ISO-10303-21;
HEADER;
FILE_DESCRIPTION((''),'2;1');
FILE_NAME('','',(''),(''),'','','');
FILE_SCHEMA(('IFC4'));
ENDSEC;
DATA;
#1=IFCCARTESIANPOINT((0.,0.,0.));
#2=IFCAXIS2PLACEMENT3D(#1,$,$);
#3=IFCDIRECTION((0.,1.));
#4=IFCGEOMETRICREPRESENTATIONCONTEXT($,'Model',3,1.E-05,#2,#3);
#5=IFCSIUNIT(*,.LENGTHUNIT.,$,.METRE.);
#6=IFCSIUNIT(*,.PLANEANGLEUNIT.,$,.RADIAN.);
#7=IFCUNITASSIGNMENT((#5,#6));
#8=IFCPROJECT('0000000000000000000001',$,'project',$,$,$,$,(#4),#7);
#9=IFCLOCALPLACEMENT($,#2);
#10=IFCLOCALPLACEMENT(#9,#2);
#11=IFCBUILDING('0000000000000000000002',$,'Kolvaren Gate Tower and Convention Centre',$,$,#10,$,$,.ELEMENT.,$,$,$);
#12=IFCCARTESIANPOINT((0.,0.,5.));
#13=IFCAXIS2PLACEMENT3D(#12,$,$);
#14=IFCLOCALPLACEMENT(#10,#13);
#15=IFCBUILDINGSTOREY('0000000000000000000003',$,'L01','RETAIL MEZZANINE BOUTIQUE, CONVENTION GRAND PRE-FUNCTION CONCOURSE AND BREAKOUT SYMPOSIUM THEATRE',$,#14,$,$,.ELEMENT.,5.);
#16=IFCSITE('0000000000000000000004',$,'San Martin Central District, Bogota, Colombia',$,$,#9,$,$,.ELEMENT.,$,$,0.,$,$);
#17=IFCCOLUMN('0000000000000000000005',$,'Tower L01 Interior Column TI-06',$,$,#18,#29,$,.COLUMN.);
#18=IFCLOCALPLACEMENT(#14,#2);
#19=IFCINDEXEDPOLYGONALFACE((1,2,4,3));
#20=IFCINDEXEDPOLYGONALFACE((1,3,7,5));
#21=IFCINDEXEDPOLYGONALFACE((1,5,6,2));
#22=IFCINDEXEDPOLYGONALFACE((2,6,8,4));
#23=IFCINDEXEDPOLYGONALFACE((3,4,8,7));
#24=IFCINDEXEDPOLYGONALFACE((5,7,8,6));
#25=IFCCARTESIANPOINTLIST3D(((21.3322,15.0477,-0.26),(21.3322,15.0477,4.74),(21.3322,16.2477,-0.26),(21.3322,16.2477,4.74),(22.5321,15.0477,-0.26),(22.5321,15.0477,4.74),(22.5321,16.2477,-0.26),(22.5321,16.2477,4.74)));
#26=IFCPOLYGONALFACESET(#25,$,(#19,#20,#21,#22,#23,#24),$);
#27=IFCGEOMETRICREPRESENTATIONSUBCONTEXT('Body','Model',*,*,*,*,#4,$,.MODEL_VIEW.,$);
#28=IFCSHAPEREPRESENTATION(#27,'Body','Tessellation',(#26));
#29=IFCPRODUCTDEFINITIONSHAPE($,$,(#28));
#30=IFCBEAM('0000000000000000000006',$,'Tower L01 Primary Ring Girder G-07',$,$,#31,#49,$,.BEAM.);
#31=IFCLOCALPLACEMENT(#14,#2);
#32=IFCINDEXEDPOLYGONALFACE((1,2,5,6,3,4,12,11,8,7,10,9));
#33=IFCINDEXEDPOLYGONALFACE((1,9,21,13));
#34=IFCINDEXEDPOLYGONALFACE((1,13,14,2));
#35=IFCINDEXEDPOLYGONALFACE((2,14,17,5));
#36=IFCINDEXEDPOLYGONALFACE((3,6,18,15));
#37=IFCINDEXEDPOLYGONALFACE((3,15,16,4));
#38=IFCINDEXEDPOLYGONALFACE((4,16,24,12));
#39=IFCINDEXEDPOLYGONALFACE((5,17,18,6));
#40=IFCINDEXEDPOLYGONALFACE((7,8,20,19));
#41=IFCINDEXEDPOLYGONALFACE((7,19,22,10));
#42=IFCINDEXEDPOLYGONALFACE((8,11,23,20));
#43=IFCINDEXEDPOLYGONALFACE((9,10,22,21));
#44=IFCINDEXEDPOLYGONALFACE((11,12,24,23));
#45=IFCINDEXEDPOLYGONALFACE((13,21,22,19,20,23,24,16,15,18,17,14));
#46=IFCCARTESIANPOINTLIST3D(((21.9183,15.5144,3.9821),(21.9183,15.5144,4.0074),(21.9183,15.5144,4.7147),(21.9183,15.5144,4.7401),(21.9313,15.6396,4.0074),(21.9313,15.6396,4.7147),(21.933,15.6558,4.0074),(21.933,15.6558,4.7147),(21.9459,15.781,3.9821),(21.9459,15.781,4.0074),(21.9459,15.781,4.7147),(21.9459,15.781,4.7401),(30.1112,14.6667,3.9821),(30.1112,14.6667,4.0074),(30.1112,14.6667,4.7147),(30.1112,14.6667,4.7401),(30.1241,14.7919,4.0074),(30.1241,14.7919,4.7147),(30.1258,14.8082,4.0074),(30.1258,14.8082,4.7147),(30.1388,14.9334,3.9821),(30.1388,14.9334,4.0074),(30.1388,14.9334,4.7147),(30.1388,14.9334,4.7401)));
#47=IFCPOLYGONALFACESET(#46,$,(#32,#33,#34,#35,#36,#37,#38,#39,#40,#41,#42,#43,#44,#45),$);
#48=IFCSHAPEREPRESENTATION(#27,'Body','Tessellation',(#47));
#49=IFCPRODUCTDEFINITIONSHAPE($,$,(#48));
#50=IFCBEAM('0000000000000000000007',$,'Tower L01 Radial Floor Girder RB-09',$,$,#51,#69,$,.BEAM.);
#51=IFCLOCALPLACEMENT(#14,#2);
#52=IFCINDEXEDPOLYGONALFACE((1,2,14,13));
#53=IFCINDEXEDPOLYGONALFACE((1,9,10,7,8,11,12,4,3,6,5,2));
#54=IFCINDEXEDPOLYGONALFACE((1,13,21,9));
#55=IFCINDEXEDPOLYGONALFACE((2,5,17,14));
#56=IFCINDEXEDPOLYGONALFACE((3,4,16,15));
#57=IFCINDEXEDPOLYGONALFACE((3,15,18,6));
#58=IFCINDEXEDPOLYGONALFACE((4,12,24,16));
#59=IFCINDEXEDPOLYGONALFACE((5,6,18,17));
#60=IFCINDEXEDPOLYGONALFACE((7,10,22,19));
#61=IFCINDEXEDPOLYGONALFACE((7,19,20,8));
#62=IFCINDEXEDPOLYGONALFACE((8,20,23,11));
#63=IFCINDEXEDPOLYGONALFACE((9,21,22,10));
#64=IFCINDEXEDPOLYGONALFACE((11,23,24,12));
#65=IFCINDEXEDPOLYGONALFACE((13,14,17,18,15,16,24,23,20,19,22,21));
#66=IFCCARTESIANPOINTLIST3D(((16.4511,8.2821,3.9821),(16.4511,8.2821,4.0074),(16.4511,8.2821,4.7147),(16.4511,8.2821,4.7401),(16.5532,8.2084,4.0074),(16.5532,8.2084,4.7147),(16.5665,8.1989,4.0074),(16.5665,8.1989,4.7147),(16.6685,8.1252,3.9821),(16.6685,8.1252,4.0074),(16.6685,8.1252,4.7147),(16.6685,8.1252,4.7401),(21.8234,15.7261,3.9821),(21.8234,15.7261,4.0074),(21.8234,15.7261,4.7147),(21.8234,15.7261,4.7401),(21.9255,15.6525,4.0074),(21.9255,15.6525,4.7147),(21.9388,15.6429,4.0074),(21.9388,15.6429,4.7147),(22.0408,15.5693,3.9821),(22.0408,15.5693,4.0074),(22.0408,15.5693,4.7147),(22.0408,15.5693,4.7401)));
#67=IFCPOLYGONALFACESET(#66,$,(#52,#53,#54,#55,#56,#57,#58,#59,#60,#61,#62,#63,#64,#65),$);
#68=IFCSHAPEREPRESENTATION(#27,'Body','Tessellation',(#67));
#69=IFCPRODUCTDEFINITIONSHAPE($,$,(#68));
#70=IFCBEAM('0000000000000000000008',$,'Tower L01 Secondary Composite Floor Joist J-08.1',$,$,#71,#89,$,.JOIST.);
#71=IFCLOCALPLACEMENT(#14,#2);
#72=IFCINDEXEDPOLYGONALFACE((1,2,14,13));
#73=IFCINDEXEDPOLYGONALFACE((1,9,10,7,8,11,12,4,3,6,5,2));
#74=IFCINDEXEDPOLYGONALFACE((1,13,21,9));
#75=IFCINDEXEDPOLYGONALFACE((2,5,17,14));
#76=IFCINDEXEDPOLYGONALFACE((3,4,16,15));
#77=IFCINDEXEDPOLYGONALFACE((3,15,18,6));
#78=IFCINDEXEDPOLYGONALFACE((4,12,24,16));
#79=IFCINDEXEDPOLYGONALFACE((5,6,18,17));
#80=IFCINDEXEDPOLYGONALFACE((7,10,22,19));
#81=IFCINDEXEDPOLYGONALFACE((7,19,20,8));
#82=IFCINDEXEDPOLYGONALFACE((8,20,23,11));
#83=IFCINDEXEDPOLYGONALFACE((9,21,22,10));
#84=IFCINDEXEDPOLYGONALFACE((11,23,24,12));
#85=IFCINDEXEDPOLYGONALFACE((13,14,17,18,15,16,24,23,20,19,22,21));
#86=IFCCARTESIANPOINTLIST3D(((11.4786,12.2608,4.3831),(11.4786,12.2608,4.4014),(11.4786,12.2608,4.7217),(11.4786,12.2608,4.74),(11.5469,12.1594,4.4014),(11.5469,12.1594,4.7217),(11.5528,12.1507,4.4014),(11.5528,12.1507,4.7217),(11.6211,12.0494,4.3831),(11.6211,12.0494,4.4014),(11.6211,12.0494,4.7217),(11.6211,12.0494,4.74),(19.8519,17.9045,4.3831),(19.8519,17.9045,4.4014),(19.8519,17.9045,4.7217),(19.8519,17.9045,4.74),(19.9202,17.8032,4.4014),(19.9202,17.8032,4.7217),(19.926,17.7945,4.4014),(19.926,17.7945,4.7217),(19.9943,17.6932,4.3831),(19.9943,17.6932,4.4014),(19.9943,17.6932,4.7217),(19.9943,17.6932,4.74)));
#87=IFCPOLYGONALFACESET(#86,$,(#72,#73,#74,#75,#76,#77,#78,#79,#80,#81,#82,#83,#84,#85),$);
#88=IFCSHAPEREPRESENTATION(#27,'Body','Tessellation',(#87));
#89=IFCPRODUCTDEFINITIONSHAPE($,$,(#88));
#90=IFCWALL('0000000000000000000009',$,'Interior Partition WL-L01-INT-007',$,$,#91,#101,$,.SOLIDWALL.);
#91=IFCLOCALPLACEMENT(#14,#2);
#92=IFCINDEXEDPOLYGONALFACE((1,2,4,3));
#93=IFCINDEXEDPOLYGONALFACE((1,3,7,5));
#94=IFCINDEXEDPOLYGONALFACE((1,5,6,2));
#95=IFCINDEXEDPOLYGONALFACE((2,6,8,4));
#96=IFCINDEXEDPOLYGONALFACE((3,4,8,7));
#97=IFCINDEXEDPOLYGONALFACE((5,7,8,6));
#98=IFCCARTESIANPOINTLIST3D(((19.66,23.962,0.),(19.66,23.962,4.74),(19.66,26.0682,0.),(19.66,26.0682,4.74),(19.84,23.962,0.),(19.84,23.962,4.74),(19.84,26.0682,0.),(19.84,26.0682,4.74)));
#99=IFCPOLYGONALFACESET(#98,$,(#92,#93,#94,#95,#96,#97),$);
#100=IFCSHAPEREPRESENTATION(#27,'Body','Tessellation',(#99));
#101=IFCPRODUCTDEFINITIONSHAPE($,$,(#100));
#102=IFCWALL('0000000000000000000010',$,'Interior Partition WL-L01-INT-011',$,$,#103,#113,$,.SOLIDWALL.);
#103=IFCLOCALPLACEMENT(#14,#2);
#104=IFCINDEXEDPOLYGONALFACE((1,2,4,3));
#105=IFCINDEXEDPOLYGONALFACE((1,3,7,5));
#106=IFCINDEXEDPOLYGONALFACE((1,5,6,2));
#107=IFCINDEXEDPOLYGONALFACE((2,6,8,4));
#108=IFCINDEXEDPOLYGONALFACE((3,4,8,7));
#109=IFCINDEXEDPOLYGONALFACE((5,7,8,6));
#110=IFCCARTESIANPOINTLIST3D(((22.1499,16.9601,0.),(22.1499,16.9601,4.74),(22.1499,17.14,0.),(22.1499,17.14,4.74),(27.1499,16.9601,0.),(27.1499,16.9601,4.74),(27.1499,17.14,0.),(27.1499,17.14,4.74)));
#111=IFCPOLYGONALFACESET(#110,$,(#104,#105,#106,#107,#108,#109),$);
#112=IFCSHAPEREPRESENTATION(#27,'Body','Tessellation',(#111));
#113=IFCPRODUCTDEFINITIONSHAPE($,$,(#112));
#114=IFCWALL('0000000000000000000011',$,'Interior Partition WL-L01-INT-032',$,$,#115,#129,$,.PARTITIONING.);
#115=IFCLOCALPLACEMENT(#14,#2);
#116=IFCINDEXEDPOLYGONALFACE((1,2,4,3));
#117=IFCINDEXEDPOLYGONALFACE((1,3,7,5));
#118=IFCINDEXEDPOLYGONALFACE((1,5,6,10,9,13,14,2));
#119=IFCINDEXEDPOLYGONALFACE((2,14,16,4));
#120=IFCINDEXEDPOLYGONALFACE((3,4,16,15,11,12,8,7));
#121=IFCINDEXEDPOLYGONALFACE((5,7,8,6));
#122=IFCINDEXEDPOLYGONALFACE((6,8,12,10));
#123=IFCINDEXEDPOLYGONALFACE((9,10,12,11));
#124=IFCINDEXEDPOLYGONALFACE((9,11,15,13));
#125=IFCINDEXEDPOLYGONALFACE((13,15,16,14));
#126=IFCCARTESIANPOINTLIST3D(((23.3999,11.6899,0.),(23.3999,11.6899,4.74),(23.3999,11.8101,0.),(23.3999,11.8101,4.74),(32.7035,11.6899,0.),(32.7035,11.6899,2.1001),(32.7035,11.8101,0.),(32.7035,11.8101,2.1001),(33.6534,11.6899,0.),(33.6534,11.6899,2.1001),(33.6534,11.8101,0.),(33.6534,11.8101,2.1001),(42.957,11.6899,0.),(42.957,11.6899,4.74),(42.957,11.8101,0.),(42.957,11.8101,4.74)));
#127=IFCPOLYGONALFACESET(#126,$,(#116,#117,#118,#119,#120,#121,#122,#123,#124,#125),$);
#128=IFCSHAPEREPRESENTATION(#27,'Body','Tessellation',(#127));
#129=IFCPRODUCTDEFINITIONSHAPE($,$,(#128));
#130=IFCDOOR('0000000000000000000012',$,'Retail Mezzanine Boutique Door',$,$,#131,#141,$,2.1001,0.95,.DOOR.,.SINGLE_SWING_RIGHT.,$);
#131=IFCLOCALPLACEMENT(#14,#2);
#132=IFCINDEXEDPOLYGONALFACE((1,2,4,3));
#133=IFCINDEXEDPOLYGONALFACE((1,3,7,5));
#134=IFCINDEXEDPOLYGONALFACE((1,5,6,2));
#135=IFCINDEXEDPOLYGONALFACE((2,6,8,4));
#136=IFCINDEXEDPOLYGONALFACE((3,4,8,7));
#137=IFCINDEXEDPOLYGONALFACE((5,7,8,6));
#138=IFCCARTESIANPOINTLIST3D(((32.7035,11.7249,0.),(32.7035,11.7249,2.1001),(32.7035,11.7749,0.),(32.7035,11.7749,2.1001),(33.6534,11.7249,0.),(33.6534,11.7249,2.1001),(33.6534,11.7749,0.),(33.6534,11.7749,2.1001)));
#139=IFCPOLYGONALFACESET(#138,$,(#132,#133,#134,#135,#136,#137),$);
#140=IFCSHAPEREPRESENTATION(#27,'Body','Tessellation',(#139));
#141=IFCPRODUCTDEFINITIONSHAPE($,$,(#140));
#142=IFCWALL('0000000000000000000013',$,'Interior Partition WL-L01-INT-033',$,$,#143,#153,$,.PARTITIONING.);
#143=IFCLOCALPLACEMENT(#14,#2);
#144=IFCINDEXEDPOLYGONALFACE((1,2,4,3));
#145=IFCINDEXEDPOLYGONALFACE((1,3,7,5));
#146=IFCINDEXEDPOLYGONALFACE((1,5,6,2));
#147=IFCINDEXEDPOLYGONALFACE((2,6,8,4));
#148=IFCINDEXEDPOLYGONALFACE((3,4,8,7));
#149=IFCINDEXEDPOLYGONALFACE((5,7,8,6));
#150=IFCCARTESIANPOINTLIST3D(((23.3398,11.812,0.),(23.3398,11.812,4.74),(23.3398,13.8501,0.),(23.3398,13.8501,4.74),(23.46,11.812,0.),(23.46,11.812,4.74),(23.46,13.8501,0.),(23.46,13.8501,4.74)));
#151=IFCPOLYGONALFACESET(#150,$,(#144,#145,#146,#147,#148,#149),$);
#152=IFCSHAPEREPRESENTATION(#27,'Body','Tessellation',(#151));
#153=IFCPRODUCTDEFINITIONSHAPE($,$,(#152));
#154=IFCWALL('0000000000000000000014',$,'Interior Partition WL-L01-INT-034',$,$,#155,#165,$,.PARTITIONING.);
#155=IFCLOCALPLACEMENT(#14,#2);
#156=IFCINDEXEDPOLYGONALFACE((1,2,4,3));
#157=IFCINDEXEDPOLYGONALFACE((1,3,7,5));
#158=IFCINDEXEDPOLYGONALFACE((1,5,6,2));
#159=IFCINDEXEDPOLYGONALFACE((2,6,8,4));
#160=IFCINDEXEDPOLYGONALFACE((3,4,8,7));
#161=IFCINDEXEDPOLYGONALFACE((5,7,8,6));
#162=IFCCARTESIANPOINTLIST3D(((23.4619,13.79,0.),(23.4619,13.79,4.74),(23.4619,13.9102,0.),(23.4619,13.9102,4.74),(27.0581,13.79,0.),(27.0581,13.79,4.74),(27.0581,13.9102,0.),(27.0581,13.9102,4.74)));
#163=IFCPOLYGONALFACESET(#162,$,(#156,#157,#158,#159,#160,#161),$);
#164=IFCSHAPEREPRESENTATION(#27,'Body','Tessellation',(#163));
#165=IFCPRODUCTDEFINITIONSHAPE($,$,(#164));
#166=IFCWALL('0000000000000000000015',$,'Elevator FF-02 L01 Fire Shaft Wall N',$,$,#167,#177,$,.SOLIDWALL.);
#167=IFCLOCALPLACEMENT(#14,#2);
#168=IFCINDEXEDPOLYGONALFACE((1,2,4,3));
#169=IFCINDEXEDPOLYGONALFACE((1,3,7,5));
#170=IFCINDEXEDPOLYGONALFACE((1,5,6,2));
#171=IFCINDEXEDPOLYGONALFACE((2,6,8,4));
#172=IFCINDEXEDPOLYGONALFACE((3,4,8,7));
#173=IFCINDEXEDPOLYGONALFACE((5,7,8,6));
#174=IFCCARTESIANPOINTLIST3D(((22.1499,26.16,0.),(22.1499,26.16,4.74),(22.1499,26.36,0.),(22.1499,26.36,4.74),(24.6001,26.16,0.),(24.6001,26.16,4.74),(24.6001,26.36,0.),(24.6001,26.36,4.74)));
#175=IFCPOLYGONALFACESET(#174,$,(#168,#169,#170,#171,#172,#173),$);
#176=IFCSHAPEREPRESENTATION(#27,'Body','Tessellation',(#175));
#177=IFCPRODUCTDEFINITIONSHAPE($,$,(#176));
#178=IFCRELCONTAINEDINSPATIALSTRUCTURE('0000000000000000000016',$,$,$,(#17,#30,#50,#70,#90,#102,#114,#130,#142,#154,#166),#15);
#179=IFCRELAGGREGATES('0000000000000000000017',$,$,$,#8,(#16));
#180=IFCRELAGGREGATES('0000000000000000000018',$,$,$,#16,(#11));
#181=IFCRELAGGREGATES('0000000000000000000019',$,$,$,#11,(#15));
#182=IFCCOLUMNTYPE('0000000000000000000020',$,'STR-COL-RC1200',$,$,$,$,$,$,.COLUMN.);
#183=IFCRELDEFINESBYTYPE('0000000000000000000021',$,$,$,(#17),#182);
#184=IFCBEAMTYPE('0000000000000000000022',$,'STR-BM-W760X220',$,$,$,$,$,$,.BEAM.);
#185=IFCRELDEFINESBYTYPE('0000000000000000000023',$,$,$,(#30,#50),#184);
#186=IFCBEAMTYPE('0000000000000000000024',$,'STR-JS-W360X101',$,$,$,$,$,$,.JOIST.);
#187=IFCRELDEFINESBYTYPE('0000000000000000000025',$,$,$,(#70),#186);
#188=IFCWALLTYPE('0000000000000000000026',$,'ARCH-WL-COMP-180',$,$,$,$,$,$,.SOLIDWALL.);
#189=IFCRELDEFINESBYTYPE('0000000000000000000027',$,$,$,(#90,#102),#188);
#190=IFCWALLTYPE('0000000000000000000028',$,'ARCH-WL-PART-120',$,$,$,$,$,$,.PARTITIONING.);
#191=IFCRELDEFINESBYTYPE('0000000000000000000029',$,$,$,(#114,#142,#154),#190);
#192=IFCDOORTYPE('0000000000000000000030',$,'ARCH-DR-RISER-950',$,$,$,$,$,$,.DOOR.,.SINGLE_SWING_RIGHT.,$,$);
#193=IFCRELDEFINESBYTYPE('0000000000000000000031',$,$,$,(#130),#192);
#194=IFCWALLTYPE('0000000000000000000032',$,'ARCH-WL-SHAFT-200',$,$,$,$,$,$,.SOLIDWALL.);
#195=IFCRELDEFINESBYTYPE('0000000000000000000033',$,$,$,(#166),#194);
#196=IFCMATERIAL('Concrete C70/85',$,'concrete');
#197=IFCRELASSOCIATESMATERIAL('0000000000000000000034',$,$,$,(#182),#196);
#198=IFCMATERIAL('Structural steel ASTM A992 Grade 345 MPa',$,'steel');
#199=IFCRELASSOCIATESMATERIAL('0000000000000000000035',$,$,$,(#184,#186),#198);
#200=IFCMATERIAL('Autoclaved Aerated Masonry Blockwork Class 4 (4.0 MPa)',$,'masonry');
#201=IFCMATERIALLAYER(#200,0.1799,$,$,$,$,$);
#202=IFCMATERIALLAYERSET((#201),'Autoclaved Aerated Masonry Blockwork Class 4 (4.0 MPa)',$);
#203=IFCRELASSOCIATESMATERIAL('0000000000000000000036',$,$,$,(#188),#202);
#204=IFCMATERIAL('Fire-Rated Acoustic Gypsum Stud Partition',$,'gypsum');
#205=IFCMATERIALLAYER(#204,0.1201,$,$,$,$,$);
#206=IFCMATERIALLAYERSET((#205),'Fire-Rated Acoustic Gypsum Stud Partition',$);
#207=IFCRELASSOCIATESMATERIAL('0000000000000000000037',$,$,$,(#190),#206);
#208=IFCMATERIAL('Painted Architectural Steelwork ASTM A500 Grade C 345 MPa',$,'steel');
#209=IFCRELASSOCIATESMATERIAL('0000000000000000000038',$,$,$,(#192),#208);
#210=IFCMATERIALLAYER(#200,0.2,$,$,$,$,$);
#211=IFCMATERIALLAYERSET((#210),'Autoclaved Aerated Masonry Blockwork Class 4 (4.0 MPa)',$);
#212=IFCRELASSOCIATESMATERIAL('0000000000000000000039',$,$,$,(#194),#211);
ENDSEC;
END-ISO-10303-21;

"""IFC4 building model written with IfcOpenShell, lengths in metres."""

from ifc_helpers import new_model, si_unit, direction, frame, frame_2d, origin, origin_2d, place, context, subcontext, project, spatial, rectangle, i_section, extrude, material, layer, layer_set, material_profile, profile_set, type_object, element, fill, save


model = new_model("IFC4")

# Units and contexts
model_context = context("Model", 3, precision=1e-05, world=origin(), true_north=direction((0.0, 1.0)))
body_context = subcontext(model_context, "Body", "Model", "MODEL_VIEW")
ifc_project = project(units=[si_unit("LENGTHUNIT", "METRE"), si_unit("PLANEANGLEUNIT", "RADIAN")], contexts=[model_context])

# Site, building, storey
site_placement = place(None, origin())
site = spatial("IfcSite", under=ifc_project, at=site_placement, Name="San Martin Central District, Bogota, Colombia", CompositionType="ELEMENT", RefElevation=0.0)
building_placement = place(site_placement, origin())
building = spatial("IfcBuilding", under=site, at=building_placement, Name="Kolvaren Gate Tower and Convention Centre", CompositionType="ELEMENT")
storey_placement = place(building_placement, frame((0.0, 0.0, 5.0)))
storey = spatial("IfcBuildingStorey", under=building, at=storey_placement, Name="L01", Description="RETAIL MEZZANINE BOUTIQUE, CONVENTION GRAND PRE-FUNCTION CONCOURSE AND BREAKOUT SYMPOSIUM THEATRE", CompositionType="ELEMENT", Elevation=5.0)

# Column
ifc_material_1 = material(Name="Concrete C70/85", Category="concrete")
ifc_material_profile_1 = material_profile(ifc_material_1, rectangle(XDim=1.2, YDim=1.2, at=origin_2d()), Name="RC-COL-1200X1200")
ifc_profile_set_1 = profile_set([ifc_material_profile_1], Name="Concrete C70/85")
column_type = type_object("IfcColumnType", Name="STR-COL-RC1200", PredefinedType="COLUMN", material=ifc_profile_set_1)
column_placement = place(storey_placement, frame((21.9321, 15.6477, -0.26), z_axis=(0.0, 0.0, 1.0), x_axis=(1.0, 0.0, 0.0)))
element("IfcColumn", 1, at=column_placement, inside=storey, type_object=column_type, Name="Tower L01 Interior Column TI-06", PredefinedType="COLUMN", context=body_context, shape_type="SweptSolid", body=[
    extrude(rectangle(XDim=1.2, YDim=1.2, at=origin_2d()), origin(), (0.0, 0.0, 1.0), 5.0),
])

# Beams
ifc_material_2 = material(Name="Structural steel ASTM A992 Grade 345 MPa", Category="steel")
ifc_material_profile_2 = material_profile(ifc_material_2, i_section(OverallWidth=0.2681, OverallDepth=0.7581, WebThickness=0.0164, FlangeThickness=0.0254, at=origin_2d()), Name="W760X220")
ifc_profile_set_2 = profile_set([ifc_material_profile_2], Name="Structural steel ASTM A992 Grade 345 MPa")
beam_type_1 = type_object("IfcBeamType", Name="STR-BM-W760X220", PredefinedType="BEAM", material=ifc_profile_set_2)
beam_1_placement = place(storey_placement, frame((21.9321, 15.6477, 4.3611), z_axis=(0.99469, -0.102913, 0.0), x_axis=(0.102913, 0.99469, 0.0)))
element("IfcBeam", 2, at=beam_1_placement, inside=storey, type_object=beam_type_1, Name="Tower L01 Primary Ring Girder G-07", PredefinedType="BEAM", context=body_context, shape_type="SweptSolid", body=[
    extrude(i_section(OverallWidth=0.2681, OverallDepth=0.7581, WebThickness=0.0164, FlangeThickness=0.0254, at=origin_2d()), origin(), (0.0, 0.0, 1.0), 8.2366),
])
beam_2_placement = place(storey_placement, frame((21.9321, 15.6477, 4.3611), z_axis=(-0.585206, -0.810885, 0.0), x_axis=(0.810885, -0.585206, 0.0)))
element("IfcBeam", 3, at=beam_2_placement, inside=storey, type_object=beam_type_1, Name="Tower L01 Radial Floor Girder RB-09", PredefinedType="BEAM", context=body_context, shape_type="SweptSolid", body=[
    extrude(i_section(OverallWidth=0.2681, OverallDepth=0.7581, WebThickness=0.0164, FlangeThickness=0.0254, at=origin_2d()), origin(), (0.0, 0.0, 1.0), 9.1802),
])
ifc_material_profile_3 = material_profile(ifc_material_2, i_section(OverallWidth=0.2549, OverallDepth=0.3569, WebThickness=0.0105, FlangeThickness=0.0183, at=origin_2d()), Name="W360X101")
ifc_profile_set_3 = profile_set([ifc_material_profile_3], Name="Structural steel ASTM A992 Grade 345 MPa")
beam_type_2 = type_object("IfcBeamType", Name="STR-JS-W360X101", PredefinedType="JOIST", material=ifc_profile_set_3)
beam_3_placement = place(storey_placement, frame((19.9231, 17.7988, 4.5615), z_axis=(-0.829224, -0.558917, 0.0), x_axis=(0.558917, -0.829224, 0.0)))
element("IfcBeam", 4, at=beam_3_placement, inside=storey, type_object=beam_type_2, Name="Tower L01 Secondary Composite Floor Joist J-08.1", PredefinedType="JOIST", context=body_context, shape_type="SweptSolid", body=[
    extrude(i_section(OverallWidth=0.2549, OverallDepth=0.3569, WebThickness=0.0105, FlangeThickness=0.0183, at=origin_2d()), origin(), (0.0, 0.0, 1.0), 10.0977),
])

# Walls
ifc_material_3 = material(Name="Autoclaved Aerated Masonry Blockwork Class 4 (4.0 MPa)", Category="masonry")
ifc_layer_1 = layer(ifc_material_3, 0.1799)
ifc_layer_set_1 = layer_set([ifc_layer_1], Name="Autoclaved Aerated Masonry Blockwork Class 4 (4.0 MPa)")
wall_type_1 = type_object("IfcWallType", Name="ARCH-WL-COMP-180", PredefinedType="SOLIDWALL", material=ifc_layer_set_1)
wall_1_placement = place(storey_placement, frame((19.75, 23.9619, 0.0), z_axis=(0.0, 0.0, 1.0), x_axis=(0.0, 1.0, 0.0)))
element("IfcWall", 5, at=wall_1_placement, inside=storey, type_object=wall_type_1, Name="Interior Partition WL-L01-INT-007", PredefinedType="SOLIDWALL", context=body_context, shape_type="SweptSolid", body=[
    extrude(rectangle(XDim=2.1062, YDim=0.1799, at=frame_2d((1.0532, 0.0))), origin(), (0.0, 0.0, 1.0), 4.74),
])
wall_2_placement = place(storey_placement, frame((22.1499, 17.05, 0.0), z_axis=(0.0, 0.0, 1.0), x_axis=(1.0, 0.0, 0.0)))
element("IfcWall", 6, at=wall_2_placement, inside=storey, type_object=wall_type_1, Name="Interior Partition WL-L01-INT-011", PredefinedType="SOLIDWALL", context=body_context, shape_type="SweptSolid", body=[
    extrude(rectangle(XDim=5.0, YDim=0.1799, at=frame_2d((2.5, 0.0))), origin(), (0.0, 0.0, 1.0), 4.74),
])

# Wall, opening, door
ifc_material_4 = material(Name="Fire-Rated Acoustic Gypsum Stud Partition", Category="gypsum")
ifc_layer_2 = layer(ifc_material_4, 0.1201)
ifc_layer_set_2 = layer_set([ifc_layer_2], Name="Fire-Rated Acoustic Gypsum Stud Partition")
wall_type_2 = type_object("IfcWallType", Name="ARCH-WL-PART-120", PredefinedType="PARTITIONING", material=ifc_layer_set_2)
wall_3_placement = place(storey_placement, frame((23.3999, 11.75, 0.0), z_axis=(0.0, 0.0, 1.0), x_axis=(1.0, 0.0, 0.0)))
wall_3 = element("IfcWall", 7, at=wall_3_placement, inside=storey, type_object=wall_type_2, Name="Interior Partition WL-L01-INT-032", PredefinedType="PARTITIONING", context=body_context, shape_type="SweptSolid", body=[
    extrude(rectangle(XDim=19.5571, YDim=0.1201, at=frame_2d((9.7786, 0.0))), origin(), (0.0, 0.0, 1.0), 4.74),
])
opening_1_placement = place(wall_3_placement, frame((9.3035, 0.0, 0.0)))
opening_1 = element("IfcOpeningElement", 8, at=opening_1_placement, cuts=wall_3, PredefinedType="OPENING", context=body_context, shape_type="SweptSolid", body=[
    extrude(rectangle(XDim=0.95, YDim=2.1001, at=frame_2d((0.4751, 1.05))), frame((0.0, 0.0701, 0.0), z_axis=(0.0, -1.0, 0.0), x_axis=(1.0, 0.0, 0.0)), (0.0, 0.0, 1.0), 0.1401),
])
ifc_material_5 = material(Name="Painted Architectural Steelwork ASTM A500 Grade C 345 MPa", Category="steel")
door_type_1 = type_object("IfcDoorType", Name="ARCH-DR-RISER-950", OperationType="SINGLE_SWING_RIGHT", PredefinedType="DOOR", material=ifc_material_5)
door_1_placement = place(opening_1_placement, origin())
door_1 = element("IfcDoor", 9, at=door_1_placement, inside=storey, type_object=door_type_1, Name="Retail Mezzanine Boutique Door", OperationType="SINGLE_SWING_RIGHT", OverallHeight=2.1001, OverallWidth=0.95, PredefinedType="DOOR", context=body_context, shape_type="SweptSolid", body=[
    extrude(rectangle(XDim=0.95, YDim=2.1001, at=frame_2d((0.4751, 1.05))), frame((0.0, 0.0249, 0.0), z_axis=(0.0, -1.0, 0.0), x_axis=(1.0, 0.0, 0.0)), (0.0, 0.0, 1.0), 0.05),
])
fill(opening_1, door_1)

# Walls
wall_4_placement = place(storey_placement, frame((23.3999, 11.812, 0.0), z_axis=(0.0, 0.0, 1.0), x_axis=(0.0, 1.0, 0.0)))
element("IfcWall", 10, at=wall_4_placement, inside=storey, type_object=wall_type_2, Name="Interior Partition WL-L01-INT-033", PredefinedType="PARTITIONING", context=body_context, shape_type="SweptSolid", body=[
    extrude(rectangle(XDim=2.0381, YDim=0.1201, at=frame_2d((1.019, 0.0))), origin(), (0.0, 0.0, 1.0), 4.74),
])
wall_5_placement = place(storey_placement, frame((23.4619, 13.8501, 0.0), z_axis=(0.0, 0.0, 1.0), x_axis=(1.0, 0.0, 0.0)))
element("IfcWall", 11, at=wall_5_placement, inside=storey, type_object=wall_type_2, Name="Interior Partition WL-L01-INT-034", PredefinedType="PARTITIONING", context=body_context, shape_type="SweptSolid", body=[
    extrude(rectangle(XDim=3.5962, YDim=0.1201, at=frame_2d((1.7981, 0.0))), origin(), (0.0, 0.0, 1.0), 4.74),
])
ifc_layer_3 = layer(ifc_material_3, 0.2)
ifc_layer_set_3 = layer_set([ifc_layer_3], Name="Autoclaved Aerated Masonry Blockwork Class 4 (4.0 MPa)")
wall_type_3 = type_object("IfcWallType", Name="ARCH-WL-SHAFT-200", PredefinedType="SOLIDWALL", material=ifc_layer_set_3)
for number, where, z_axis, x_axis, name in (
    (12, (22.1499, 26.26, 0.0), (0.0, 0.0, 1.0), (1.0, 0.0, 0.0), "Elevator FF-02 L01 Fire Shaft Wall N"),
):
    element("IfcWall", number, at=place(storey_placement, frame(where, z_axis=z_axis, x_axis=x_axis)), inside=storey, type_object=wall_type_3, Name=name, PredefinedType="SOLIDWALL", context=body_context, shape_type="SweptSolid", body=[
        extrude(rectangle(XDim=2.4502, YDim=0.2, at=frame_2d((1.2251, 0.0))), origin(), (0.0, 0.0, 1.0), 4.74),
    ])

save(model, "model.ifc")
